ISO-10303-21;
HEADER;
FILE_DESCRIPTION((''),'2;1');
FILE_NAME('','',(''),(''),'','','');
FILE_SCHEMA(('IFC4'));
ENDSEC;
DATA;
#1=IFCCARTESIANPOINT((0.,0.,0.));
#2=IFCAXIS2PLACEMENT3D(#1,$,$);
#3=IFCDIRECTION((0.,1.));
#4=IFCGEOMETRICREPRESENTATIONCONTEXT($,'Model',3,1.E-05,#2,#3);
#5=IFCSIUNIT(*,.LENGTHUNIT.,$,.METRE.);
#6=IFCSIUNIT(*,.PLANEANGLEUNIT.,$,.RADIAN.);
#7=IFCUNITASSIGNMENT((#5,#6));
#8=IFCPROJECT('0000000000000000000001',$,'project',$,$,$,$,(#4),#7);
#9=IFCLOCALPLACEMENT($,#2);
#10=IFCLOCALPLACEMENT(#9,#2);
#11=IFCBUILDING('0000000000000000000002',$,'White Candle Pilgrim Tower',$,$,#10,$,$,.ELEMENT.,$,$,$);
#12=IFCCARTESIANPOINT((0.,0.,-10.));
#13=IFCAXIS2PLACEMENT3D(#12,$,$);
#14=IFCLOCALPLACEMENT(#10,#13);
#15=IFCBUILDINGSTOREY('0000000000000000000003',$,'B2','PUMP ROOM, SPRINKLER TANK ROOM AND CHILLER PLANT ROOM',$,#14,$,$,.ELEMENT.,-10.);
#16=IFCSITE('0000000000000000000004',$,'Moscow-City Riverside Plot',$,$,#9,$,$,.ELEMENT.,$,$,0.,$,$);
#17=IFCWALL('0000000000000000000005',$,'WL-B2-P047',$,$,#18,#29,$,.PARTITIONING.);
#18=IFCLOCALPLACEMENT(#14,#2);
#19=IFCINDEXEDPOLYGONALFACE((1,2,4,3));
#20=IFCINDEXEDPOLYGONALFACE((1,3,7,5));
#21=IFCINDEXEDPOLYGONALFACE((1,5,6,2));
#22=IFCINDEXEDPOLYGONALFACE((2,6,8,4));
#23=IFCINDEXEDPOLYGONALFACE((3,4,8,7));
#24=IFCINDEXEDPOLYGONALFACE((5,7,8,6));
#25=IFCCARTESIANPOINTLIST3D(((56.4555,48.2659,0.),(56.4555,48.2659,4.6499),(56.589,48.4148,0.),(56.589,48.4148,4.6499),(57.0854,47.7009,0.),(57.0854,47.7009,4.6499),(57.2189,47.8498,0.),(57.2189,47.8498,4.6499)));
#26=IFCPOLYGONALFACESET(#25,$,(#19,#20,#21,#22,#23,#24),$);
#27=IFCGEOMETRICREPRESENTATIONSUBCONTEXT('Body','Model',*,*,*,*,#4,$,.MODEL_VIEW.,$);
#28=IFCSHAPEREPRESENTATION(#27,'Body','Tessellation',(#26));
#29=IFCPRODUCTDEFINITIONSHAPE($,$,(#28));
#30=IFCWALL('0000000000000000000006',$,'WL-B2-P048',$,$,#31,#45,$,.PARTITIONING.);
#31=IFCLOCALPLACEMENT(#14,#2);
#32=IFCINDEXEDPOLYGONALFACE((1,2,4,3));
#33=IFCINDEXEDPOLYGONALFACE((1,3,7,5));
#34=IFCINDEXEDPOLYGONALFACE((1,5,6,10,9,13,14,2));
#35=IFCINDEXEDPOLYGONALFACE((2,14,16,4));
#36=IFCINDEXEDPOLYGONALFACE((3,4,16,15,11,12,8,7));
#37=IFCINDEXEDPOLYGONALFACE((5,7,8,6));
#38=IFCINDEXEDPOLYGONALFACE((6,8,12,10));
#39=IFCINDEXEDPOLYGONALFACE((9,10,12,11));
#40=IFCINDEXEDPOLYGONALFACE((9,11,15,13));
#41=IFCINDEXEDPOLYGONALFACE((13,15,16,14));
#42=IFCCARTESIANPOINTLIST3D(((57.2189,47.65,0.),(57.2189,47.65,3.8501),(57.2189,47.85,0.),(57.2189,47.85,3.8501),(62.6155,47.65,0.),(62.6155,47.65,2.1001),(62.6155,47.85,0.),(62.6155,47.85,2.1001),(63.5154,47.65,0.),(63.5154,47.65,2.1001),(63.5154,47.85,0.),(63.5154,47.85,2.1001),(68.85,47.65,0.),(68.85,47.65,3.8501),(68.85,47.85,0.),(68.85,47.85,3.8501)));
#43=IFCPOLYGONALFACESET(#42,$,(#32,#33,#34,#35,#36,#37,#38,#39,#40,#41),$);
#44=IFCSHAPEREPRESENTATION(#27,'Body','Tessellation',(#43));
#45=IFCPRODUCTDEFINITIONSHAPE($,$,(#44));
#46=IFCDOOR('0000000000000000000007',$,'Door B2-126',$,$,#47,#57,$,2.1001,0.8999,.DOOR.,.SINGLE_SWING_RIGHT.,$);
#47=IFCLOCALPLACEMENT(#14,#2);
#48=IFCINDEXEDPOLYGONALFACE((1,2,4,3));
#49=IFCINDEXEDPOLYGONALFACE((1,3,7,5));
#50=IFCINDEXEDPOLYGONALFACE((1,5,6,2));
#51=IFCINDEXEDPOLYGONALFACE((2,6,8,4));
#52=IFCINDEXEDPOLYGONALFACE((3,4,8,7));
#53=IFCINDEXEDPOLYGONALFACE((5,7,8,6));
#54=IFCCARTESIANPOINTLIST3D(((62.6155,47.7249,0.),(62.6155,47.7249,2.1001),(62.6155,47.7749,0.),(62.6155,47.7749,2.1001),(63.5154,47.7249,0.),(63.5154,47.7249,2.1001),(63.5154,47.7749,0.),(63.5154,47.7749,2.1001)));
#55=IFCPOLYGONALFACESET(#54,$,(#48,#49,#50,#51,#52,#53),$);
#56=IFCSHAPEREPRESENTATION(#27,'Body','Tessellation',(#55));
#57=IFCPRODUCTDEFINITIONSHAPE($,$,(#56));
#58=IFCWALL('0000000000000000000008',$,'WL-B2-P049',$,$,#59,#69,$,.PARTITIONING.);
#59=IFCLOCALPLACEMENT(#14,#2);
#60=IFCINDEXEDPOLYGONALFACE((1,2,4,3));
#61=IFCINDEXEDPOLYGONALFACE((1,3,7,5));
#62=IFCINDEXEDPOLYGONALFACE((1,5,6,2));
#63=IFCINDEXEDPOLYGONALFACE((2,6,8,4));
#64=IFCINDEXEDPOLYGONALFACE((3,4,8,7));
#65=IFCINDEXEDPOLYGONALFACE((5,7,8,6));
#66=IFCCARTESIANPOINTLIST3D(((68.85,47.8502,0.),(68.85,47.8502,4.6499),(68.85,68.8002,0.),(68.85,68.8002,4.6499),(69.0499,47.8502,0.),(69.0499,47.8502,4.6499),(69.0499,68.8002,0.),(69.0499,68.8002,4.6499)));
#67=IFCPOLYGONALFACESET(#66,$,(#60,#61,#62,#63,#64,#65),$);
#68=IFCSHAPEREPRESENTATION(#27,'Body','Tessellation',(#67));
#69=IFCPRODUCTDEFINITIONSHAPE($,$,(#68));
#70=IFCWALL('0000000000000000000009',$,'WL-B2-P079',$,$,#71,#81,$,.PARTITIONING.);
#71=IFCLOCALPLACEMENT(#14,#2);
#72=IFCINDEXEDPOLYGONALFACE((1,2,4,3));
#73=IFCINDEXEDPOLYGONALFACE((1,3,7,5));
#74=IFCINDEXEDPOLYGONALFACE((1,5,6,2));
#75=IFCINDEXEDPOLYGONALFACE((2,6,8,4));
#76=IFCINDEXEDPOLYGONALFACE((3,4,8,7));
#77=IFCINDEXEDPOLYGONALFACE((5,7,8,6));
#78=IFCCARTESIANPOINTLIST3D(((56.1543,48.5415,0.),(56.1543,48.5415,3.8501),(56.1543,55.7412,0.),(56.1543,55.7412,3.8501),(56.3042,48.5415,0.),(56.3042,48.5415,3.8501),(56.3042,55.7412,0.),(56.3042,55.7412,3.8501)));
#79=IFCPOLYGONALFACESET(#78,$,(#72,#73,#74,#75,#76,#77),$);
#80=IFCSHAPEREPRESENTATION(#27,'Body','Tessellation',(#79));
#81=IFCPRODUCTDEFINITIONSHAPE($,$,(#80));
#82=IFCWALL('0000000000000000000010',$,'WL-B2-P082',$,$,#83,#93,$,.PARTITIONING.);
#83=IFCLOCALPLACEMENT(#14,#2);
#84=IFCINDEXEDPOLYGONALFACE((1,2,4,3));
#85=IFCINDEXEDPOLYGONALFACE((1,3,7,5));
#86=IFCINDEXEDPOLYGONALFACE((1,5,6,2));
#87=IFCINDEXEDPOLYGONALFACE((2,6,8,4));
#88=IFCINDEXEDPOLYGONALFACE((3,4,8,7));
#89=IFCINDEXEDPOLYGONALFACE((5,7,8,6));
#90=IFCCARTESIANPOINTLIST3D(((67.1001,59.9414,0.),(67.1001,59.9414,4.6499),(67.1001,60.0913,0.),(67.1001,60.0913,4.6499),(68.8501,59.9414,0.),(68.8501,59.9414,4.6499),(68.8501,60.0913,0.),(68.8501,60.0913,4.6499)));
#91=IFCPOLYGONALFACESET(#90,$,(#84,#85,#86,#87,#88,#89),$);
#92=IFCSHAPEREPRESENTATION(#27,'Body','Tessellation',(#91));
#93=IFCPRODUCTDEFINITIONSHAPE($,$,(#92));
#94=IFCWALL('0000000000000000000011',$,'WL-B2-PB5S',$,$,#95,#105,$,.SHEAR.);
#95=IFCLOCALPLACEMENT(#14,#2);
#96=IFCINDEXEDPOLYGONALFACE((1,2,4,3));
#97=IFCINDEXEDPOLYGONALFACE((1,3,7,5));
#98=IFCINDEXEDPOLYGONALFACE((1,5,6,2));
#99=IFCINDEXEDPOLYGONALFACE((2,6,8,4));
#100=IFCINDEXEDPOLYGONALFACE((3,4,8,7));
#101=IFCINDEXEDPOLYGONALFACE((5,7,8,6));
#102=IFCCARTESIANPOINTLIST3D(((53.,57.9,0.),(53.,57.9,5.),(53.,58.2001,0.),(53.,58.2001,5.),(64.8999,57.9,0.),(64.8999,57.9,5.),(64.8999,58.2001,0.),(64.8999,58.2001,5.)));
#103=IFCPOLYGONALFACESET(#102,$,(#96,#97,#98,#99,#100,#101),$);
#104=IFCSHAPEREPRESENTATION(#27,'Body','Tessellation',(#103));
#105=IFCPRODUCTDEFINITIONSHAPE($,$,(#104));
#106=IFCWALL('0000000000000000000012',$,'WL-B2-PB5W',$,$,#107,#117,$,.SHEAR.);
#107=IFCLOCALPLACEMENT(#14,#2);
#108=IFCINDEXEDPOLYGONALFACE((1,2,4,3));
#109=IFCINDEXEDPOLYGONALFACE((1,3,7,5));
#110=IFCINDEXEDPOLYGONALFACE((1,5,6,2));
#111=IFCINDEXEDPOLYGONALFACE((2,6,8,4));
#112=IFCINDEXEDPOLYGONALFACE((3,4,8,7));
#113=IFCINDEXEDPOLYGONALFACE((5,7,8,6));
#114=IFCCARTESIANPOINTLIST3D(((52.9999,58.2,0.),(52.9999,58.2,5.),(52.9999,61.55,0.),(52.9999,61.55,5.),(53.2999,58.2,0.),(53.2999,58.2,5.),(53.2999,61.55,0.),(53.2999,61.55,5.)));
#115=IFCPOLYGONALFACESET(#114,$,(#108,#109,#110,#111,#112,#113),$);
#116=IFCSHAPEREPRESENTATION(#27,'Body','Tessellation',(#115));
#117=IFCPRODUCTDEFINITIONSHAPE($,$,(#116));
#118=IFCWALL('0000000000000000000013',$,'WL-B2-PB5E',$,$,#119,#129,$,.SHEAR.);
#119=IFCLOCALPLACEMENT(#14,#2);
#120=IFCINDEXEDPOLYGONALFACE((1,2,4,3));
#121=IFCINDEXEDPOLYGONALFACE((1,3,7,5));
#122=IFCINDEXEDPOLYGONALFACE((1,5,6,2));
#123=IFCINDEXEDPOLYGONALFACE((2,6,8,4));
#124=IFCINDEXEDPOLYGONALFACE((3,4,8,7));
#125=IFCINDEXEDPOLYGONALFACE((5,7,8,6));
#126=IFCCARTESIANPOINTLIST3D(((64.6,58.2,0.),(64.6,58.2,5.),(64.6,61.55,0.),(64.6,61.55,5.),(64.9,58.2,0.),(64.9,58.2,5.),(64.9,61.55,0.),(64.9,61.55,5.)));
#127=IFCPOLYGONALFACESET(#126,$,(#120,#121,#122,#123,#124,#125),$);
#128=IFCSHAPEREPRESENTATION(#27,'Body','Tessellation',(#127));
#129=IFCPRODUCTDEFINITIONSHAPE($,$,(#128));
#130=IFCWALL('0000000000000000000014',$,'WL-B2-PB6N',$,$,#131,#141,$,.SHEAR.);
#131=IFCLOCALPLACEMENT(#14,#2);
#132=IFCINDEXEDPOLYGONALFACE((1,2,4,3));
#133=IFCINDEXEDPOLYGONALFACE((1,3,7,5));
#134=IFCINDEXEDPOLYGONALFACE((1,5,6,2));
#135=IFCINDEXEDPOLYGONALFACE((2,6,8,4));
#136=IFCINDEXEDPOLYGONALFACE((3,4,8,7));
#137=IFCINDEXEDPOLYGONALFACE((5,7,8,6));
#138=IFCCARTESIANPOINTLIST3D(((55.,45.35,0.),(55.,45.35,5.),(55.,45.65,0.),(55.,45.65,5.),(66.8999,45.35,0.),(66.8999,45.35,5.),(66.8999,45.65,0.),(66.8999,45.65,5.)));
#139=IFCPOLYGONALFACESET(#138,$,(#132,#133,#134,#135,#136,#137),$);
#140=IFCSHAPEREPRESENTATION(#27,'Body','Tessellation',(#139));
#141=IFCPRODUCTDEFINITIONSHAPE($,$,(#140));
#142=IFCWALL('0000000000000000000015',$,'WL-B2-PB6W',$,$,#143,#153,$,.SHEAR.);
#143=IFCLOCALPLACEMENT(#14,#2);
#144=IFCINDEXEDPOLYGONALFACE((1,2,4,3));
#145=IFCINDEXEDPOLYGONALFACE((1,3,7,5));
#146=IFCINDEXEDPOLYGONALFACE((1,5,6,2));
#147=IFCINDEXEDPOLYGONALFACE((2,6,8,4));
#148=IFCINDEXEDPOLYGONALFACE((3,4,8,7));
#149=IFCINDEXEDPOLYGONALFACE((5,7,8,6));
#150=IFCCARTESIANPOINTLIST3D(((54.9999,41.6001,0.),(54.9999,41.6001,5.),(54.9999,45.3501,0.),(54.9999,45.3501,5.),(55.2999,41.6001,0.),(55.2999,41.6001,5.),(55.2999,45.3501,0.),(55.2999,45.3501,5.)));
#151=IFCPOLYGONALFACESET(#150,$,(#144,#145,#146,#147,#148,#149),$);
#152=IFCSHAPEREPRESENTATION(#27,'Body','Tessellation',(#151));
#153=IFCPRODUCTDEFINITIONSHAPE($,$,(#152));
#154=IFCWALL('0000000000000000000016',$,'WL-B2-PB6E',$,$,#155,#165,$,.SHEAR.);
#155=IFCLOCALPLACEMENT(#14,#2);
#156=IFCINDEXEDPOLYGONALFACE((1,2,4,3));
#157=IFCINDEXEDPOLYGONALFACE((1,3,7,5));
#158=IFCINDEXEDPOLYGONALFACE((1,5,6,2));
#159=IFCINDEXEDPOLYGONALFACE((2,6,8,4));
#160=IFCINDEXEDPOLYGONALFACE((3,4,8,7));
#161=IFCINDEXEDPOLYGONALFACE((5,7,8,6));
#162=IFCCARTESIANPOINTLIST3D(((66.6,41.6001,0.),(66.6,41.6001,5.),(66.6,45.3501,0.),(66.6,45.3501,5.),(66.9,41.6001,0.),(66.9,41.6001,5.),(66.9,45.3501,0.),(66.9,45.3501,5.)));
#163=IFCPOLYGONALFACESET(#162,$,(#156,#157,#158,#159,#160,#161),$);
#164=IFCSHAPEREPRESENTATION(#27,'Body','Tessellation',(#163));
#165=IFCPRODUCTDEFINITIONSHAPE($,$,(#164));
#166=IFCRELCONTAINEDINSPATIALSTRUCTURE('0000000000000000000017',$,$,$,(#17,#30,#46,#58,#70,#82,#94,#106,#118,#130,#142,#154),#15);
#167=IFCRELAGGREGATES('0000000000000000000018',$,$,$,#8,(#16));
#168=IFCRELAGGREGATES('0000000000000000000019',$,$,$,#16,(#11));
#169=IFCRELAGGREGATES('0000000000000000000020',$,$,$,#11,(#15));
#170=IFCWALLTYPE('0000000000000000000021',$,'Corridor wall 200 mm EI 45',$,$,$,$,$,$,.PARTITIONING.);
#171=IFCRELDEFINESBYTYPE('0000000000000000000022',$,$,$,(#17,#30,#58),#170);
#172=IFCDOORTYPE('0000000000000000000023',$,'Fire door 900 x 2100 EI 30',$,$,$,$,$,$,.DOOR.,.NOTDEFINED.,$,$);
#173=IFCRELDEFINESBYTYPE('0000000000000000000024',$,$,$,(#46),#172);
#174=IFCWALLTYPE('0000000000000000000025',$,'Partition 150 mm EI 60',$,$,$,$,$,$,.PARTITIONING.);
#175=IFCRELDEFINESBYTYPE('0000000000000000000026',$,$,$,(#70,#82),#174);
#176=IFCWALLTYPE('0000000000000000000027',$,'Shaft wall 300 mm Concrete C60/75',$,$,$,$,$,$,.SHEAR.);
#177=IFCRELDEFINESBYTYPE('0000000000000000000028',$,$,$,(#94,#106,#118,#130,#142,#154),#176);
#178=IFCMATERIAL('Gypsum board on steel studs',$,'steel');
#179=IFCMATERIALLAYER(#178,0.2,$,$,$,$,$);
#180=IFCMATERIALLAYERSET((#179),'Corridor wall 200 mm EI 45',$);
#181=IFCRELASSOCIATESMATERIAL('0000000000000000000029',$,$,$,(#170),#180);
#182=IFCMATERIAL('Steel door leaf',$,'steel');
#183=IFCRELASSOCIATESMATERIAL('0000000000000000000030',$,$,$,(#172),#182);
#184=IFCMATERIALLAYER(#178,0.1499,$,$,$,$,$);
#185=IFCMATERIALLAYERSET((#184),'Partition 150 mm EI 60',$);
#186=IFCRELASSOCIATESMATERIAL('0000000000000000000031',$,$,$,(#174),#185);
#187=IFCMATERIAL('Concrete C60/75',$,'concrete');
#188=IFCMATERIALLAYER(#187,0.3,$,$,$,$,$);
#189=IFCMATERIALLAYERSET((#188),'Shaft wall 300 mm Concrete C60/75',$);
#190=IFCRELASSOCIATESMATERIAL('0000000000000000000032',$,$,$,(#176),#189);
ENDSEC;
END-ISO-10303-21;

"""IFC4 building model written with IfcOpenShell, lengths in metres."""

from ifc_helpers import new_model, si_unit, direction, frame, frame_2d, origin, place, context, subcontext, project, spatial, rectangle, extrude, material, layer, layer_set, type_object, element, fill, save


model = new_model("IFC4")

# Units and contexts
model_context = context("Model", 3, precision=1e-05, world=origin(), true_north=direction((0.0, 1.0)))
body_context = subcontext(model_context, "Body", "Model", "MODEL_VIEW")
ifc_project = project(units=[si_unit("LENGTHUNIT", "METRE"), si_unit("PLANEANGLEUNIT", "RADIAN")], contexts=[model_context])

# Site, building, storey
site_placement = place(None, origin())
site = spatial("IfcSite", under=ifc_project, at=site_placement, Name="Moscow-City Riverside Plot", CompositionType="ELEMENT", RefElevation=0.0)
building_placement = place(site_placement, origin())
building = spatial("IfcBuilding", under=site, at=building_placement, Name="White Candle Pilgrim Tower", CompositionType="ELEMENT")
storey_placement = place(building_placement, frame((0.0, 0.0, -10.0)))
storey = spatial("IfcBuildingStorey", under=building, at=storey_placement, Name="B2", Description="PUMP ROOM, SPRINKLER TANK ROOM AND CHILLER PLANT ROOM", CompositionType="ELEMENT", Elevation=-10.0)

# Shared definitions
ifc_material_1 = material(Name="Gypsum board on steel studs", Category="steel")
ifc_layer_1 = layer(ifc_material_1, 0.2)
ifc_layer_set_1 = layer_set([ifc_layer_1], Name="Corridor wall 200 mm EI 45")
wall_type_1 = type_object("IfcWallType", Name="Corridor wall 200 mm EI 45", PredefinedType="PARTITIONING", material=ifc_layer_set_1)
ifc_material_2 = material(Name="Steel door leaf", Category="steel")
door_type = type_object("IfcDoorType", Name="Fire door 900 x 2100 EI 30", OperationType="NOTDEFINED", PredefinedType="DOOR", material=ifc_material_2)

# Wall
wall_1_placement = place(storey_placement, frame((56.5222, 48.3403, 0.0), z_axis=(0.0, 0.0, 1.0), x_axis=(0.744441, -0.667688, 0.0)))
element("IfcWall", 1, at=wall_1_placement, inside=storey, type_object=wall_type_1, Name="WL-B2-P047", PredefinedType="PARTITIONING", context=body_context, shape_type="SweptSolid", body=[
    extrude(rectangle(XDim=0.8462, YDim=0.2, at=frame_2d((0.4231, 0.0))), origin(), (0.0, 0.0, 1.0), 4.6499),
])

# Wall, opening, door
wall_2_placement = place(storey_placement, frame((57.219, 47.75, 0.0), z_axis=(0.0, 0.0, 1.0), x_axis=(1.0, 0.0, 0.0)))
wall_2 = element("IfcWall", 2, at=wall_2_placement, inside=storey, type_object=wall_type_1, Name="WL-B2-P048", PredefinedType="PARTITIONING", context=body_context, shape_type="SweptSolid", body=[
    extrude(rectangle(XDim=11.6311, YDim=0.2, at=frame_2d((5.8154, 0.0))), origin(), (0.0, 0.0, 1.0), 3.8501),
])
opening_1_placement = place(wall_2_placement, frame((5.3965, 0.0, 0.0)))
opening_1 = element("IfcOpeningElement", 3, at=opening_1_placement, cuts=wall_2, PredefinedType="OPENING", context=body_context, shape_type="SweptSolid", body=[
    extrude(rectangle(XDim=0.8999, YDim=2.1001, at=frame_2d((0.45, 1.05))), frame((0.0, 0.1099, 0.0), z_axis=(0.0, -1.0, 0.0), x_axis=(1.0, 0.0, 0.0)), (0.0, 0.0, 1.0), 0.22),
])
door_1_placement = place(opening_1_placement, origin())
door_1 = element("IfcDoor", 4, at=door_1_placement, inside=storey, type_object=door_type, Name="Door B2-126", OperationType="SINGLE_SWING_RIGHT", OverallHeight=2.1001, OverallWidth=0.8999, PredefinedType="DOOR", context=body_context, shape_type="SweptSolid", body=[
    extrude(rectangle(XDim=0.8999, YDim=2.1001, at=frame_2d((0.45, 1.05))), frame((0.0, 0.0249, 0.0), z_axis=(0.0, -1.0, 0.0), x_axis=(1.0, 0.0, 0.0)), (0.0, 0.0, 1.0), 0.05),
])
fill(opening_1, door_1)

# Walls
wall_3_placement = place(storey_placement, frame((68.95, 47.8501, 0.0), z_axis=(0.0, 0.0, 1.0), x_axis=(0.0, 1.0, 0.0)))
element("IfcWall", 5, at=wall_3_placement, inside=storey, type_object=wall_type_1, Name="WL-B2-P049", PredefinedType="PARTITIONING", context=body_context, shape_type="SweptSolid", body=[
    extrude(rectangle(XDim=20.95, YDim=0.2, at=frame_2d((10.4751, 0.0))), origin(), (0.0, 0.0, 1.0), 4.6499),
])
ifc_layer_2 = layer(ifc_material_1, 0.1499)
ifc_layer_set_2 = layer_set([ifc_layer_2], Name="Partition 150 mm EI 60")
wall_type_2 = type_object("IfcWallType", Name="Partition 150 mm EI 60", PredefinedType="PARTITIONING", material=ifc_layer_set_2)
wall_4_placement = place(storey_placement, frame((56.2292, 48.5415, 0.0), z_axis=(0.0, 0.0, 1.0), x_axis=(0.0, 1.0, 0.0)))
element("IfcWall", 6, at=wall_4_placement, inside=storey, type_object=wall_type_2, Name="WL-B2-P079", PredefinedType="PARTITIONING", context=body_context, shape_type="SweptSolid", body=[
    extrude(rectangle(XDim=7.1997, YDim=0.1499, at=frame_2d((3.5999, 0.0))), origin(), (0.0, 0.0, 1.0), 3.8501),
])
wall_5_placement = place(storey_placement, frame((67.1001, 60.0164, 0.0), z_axis=(0.0, 0.0, 1.0), x_axis=(1.0, 0.0, 0.0)))
element("IfcWall", 7, at=wall_5_placement, inside=storey, type_object=wall_type_2, Name="WL-B2-P082", PredefinedType="PARTITIONING", context=body_context, shape_type="SweptSolid", body=[
    extrude(rectangle(XDim=1.75, YDim=0.1499, at=frame_2d((0.875, 0.0))), origin(), (0.0, 0.0, 1.0), 4.6499),
])
ifc_material_3 = material(Name="Concrete C60/75", Category="concrete")
ifc_layer_3 = layer(ifc_material_3, 0.3)
ifc_layer_set_3 = layer_set([ifc_layer_3], Name="Shaft wall 300 mm Concrete C60/75")
wall_type_3 = type_object("IfcWallType", Name="Shaft wall 300 mm Concrete C60/75", PredefinedType="SHEAR", material=ifc_layer_set_3)
wall_6_placement = place(storey_placement, frame((53.0, 58.05, 0.0), z_axis=(0.0, 0.0, 1.0), x_axis=(1.0, 0.0, 0.0)))
element("IfcWall", 8, at=wall_6_placement, inside=storey, type_object=wall_type_3, Name="WL-B2-PB5S", PredefinedType="SHEAR", context=body_context, shape_type="SweptSolid", body=[
    extrude(rectangle(XDim=11.8999, YDim=0.3, at=frame_2d((5.95, 0.0))), origin(), (0.0, 0.0, 1.0), 5.0),
])
for number, where, z_axis, x_axis, name in (
    (9, (53.1499, 58.2, 0.0), (0.0, 0.0, 1.0), (0.0, 1.0, 0.0), "WL-B2-PB5W"),
    (10, (64.75, 58.2, 0.0), (0.0, 0.0, 1.0), (0.0, 1.0, 0.0), "WL-B2-PB5E"),
):
    element("IfcWall", number, at=place(storey_placement, frame(where, z_axis=z_axis, x_axis=x_axis)), inside=storey, type_object=wall_type_3, Name=name, PredefinedType="SHEAR", context=body_context, shape_type="SweptSolid", body=[
        extrude(rectangle(XDim=3.3501, YDim=0.3, at=frame_2d((1.675, 0.0))), origin(), (0.0, 0.0, 1.0), 5.0),
    ])
wall_7_placement = place(storey_placement, frame((55.0, 45.5, 0.0), z_axis=(0.0, 0.0, 1.0), x_axis=(1.0, 0.0, 0.0)))
element("IfcWall", 11, at=wall_7_placement, inside=storey, type_object=wall_type_3, Name="WL-B2-PB6N", PredefinedType="SHEAR", context=body_context, shape_type="SweptSolid", body=[
    extrude(rectangle(XDim=11.8999, YDim=0.3, at=frame_2d((5.95, 0.0))), origin(), (0.0, 0.0, 1.0), 5.0),
])
for number, where, z_axis, x_axis, name in (
    (12, (55.1499, 41.6001, 0.0), (0.0, 0.0, 1.0), (0.0, 1.0, 0.0), "WL-B2-PB6W"),
    (13, (66.75, 41.6001, 0.0), (0.0, 0.0, 1.0), (0.0, 1.0, 0.0), "WL-B2-PB6E"),
):
    element("IfcWall", number, at=place(storey_placement, frame(where, z_axis=z_axis, x_axis=x_axis)), inside=storey, type_object=wall_type_3, Name=name, PredefinedType="SHEAR", context=body_context, shape_type="SweptSolid", body=[
        extrude(rectangle(XDim=3.75, YDim=0.3, at=frame_2d((1.875, 0.0))), origin(), (0.0, 0.0, 1.0), 5.0),
    ])

save(model, "model.ifc")
